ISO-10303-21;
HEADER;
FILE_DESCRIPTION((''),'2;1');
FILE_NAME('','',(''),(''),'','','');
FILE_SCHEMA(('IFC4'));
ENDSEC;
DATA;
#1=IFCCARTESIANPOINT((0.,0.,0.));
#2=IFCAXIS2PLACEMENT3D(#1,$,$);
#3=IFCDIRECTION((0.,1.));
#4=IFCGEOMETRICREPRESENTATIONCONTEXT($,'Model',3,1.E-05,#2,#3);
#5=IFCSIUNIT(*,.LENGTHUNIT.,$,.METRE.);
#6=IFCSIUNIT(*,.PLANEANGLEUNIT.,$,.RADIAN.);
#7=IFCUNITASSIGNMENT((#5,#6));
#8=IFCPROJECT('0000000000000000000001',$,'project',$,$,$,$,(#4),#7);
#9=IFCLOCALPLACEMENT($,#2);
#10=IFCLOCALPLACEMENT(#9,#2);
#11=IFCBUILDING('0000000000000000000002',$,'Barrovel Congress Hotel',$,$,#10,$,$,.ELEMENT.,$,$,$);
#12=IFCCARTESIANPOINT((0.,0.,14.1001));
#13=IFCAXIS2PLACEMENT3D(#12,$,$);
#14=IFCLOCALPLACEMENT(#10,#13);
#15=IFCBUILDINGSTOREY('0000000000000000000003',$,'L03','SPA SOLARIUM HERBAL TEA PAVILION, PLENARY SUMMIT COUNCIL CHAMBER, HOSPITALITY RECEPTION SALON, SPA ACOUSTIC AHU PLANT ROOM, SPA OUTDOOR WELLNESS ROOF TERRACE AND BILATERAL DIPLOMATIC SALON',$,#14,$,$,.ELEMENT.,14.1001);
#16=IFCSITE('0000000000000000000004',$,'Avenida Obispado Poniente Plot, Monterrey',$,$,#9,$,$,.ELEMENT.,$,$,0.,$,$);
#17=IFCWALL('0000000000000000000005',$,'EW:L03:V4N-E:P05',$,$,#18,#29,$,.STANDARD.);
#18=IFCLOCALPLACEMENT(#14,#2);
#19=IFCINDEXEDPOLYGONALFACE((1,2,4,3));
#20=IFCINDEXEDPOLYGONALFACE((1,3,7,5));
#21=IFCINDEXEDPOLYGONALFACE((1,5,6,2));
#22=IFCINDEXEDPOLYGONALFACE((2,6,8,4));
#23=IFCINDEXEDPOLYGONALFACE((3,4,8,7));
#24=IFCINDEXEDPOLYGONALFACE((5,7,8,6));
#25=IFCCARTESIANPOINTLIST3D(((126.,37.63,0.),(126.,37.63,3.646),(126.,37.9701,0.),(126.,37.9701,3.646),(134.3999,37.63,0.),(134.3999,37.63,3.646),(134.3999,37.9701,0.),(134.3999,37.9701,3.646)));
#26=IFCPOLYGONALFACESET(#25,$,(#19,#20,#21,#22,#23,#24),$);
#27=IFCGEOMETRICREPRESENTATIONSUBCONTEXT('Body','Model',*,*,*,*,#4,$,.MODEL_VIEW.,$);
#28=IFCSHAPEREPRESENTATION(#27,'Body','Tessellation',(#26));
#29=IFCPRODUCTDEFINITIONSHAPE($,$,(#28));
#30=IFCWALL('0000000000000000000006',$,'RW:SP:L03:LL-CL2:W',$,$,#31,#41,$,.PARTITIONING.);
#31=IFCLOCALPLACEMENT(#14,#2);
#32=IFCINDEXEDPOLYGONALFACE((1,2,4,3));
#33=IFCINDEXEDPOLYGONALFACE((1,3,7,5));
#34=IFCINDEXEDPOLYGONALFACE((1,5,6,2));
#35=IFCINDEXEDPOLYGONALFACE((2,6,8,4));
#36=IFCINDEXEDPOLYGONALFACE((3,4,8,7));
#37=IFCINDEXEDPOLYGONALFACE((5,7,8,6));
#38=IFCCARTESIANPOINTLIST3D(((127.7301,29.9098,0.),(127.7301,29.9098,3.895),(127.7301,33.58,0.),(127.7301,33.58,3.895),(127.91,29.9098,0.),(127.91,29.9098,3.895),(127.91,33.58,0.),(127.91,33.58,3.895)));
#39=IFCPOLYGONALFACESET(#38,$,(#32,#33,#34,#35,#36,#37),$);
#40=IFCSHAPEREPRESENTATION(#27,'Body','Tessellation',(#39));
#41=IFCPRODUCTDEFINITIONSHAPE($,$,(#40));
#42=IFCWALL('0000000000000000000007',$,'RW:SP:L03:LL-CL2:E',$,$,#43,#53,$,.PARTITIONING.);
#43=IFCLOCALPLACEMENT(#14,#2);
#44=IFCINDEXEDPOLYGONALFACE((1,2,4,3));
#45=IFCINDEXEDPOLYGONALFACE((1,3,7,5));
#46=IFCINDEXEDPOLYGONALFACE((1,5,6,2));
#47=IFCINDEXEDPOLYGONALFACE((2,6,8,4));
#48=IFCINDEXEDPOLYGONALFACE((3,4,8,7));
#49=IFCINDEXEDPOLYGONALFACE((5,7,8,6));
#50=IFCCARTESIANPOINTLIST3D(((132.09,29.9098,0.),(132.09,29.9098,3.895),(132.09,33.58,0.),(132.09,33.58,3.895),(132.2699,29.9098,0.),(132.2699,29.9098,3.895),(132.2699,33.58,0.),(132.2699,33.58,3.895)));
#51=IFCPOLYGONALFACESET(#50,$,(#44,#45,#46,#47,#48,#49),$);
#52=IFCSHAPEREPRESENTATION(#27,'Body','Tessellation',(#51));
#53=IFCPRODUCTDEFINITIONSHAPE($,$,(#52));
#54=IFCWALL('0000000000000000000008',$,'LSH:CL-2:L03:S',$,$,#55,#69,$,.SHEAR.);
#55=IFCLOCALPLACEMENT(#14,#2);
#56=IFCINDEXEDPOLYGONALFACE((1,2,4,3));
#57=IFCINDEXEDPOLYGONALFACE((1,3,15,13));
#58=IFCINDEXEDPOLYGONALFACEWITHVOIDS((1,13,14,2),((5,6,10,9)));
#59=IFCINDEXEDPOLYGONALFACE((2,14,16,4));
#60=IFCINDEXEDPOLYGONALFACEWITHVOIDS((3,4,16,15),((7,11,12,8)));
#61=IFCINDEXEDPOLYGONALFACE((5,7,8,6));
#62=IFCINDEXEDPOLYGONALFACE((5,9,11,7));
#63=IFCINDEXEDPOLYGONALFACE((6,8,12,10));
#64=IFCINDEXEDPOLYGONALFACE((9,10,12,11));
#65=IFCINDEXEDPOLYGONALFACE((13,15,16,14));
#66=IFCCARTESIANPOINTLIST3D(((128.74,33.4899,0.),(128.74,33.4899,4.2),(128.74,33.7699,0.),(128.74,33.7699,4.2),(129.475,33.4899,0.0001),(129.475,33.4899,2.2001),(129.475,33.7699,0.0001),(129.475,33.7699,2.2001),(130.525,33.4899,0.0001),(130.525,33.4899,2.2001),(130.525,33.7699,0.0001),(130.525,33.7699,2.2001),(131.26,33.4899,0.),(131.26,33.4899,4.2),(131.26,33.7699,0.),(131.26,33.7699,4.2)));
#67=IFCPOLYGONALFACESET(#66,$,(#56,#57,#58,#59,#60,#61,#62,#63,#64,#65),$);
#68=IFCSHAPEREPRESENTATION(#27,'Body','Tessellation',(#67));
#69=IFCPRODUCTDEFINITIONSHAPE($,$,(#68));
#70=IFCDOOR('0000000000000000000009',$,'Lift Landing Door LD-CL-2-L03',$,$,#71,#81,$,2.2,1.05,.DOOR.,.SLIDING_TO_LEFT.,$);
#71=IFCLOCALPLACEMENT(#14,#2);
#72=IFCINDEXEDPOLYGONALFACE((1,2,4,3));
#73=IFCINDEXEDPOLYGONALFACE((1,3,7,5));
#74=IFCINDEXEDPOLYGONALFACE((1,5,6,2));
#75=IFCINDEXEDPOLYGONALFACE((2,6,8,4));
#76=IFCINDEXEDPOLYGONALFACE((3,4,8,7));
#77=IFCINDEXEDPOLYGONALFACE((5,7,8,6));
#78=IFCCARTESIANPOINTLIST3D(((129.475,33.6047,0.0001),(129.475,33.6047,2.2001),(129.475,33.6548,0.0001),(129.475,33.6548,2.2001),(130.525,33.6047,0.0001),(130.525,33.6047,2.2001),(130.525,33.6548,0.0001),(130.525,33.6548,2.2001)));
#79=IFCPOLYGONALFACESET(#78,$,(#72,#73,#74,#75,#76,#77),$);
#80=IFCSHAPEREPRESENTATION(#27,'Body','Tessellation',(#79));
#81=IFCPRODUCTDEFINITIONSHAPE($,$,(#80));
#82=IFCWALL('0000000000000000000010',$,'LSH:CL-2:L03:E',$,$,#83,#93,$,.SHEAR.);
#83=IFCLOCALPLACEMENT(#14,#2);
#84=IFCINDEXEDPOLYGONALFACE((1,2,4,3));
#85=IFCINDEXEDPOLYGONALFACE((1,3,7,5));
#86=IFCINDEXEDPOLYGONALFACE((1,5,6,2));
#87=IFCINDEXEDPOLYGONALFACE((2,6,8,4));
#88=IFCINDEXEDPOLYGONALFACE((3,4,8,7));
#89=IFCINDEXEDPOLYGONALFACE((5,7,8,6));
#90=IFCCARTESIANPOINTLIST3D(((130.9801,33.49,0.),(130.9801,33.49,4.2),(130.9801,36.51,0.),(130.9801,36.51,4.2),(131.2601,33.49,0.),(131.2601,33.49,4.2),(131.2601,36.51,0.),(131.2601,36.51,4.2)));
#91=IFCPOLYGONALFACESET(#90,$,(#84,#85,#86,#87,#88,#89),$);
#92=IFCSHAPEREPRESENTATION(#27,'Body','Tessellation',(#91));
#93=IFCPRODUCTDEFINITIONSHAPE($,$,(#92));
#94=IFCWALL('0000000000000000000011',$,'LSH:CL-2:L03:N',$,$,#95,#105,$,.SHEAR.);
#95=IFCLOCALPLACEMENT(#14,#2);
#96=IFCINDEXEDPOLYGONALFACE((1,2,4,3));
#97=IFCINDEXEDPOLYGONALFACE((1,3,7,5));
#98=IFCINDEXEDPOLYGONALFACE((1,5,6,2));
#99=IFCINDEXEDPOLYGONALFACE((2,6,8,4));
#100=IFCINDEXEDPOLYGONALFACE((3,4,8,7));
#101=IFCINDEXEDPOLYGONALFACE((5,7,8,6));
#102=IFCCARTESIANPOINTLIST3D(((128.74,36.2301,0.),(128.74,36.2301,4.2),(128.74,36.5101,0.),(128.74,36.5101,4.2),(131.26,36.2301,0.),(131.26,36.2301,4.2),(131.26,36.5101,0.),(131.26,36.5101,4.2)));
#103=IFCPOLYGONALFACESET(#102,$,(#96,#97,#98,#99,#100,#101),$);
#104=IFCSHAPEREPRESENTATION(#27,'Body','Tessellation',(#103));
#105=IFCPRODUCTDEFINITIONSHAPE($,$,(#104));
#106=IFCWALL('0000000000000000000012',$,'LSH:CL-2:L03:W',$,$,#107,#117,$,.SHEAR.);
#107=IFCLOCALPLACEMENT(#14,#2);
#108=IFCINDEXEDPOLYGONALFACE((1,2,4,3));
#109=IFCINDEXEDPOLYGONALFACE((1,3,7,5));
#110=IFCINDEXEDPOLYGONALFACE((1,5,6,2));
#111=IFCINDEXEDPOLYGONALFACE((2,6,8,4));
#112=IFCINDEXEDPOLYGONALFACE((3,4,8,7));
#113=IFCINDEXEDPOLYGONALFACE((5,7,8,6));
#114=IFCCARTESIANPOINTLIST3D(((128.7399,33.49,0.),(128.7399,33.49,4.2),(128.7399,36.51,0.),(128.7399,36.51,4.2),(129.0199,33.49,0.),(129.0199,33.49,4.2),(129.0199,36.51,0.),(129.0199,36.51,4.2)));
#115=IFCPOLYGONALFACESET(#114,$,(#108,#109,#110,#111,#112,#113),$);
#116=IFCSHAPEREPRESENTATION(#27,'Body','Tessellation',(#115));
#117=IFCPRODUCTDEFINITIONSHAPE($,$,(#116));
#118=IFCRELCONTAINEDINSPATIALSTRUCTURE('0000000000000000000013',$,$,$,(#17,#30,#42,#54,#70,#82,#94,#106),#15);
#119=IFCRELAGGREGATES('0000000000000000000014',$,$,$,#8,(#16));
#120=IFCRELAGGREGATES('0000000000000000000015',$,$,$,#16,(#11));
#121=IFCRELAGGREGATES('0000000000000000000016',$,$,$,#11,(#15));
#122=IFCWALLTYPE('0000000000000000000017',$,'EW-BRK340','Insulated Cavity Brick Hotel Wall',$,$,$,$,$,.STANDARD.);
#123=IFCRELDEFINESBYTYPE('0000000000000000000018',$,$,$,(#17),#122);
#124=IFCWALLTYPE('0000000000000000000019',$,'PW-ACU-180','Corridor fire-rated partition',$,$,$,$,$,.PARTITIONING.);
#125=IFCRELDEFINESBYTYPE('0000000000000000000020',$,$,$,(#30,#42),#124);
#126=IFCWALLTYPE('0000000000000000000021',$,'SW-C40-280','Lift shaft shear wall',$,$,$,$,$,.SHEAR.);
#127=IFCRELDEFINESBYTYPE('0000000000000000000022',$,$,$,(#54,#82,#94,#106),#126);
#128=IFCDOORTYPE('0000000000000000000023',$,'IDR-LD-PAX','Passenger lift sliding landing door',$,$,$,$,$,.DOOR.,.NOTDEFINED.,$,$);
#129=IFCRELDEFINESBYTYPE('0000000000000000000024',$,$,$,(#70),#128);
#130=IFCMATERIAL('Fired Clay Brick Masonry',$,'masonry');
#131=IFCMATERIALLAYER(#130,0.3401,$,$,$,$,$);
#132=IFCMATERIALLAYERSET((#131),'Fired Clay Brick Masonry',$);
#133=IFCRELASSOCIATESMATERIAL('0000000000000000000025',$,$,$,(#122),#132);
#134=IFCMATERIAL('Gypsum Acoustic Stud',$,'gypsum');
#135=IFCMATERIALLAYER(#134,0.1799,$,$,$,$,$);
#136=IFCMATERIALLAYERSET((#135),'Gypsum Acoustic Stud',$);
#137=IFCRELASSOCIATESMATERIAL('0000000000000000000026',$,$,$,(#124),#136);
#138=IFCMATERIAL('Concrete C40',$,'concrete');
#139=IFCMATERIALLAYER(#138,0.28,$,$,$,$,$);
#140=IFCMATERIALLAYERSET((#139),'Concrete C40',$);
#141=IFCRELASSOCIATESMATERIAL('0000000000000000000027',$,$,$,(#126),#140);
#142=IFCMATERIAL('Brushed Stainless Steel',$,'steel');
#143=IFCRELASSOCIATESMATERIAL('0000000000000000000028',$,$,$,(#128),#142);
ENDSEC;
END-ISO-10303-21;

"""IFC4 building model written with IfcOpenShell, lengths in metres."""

from ifc_helpers import new_model, si_unit, direction, frame, frame_2d, origin, place, context, subcontext, project, spatial, rectangle, extrude, material, layer, layer_set, type_object, element, fill, save


model = new_model("IFC4")

# Units and contexts
model_context = context("Model", 3, precision=1e-05, world=origin(), true_north=direction((0.0, 1.0)))
body_context = subcontext(model_context, "Body", "Model", "MODEL_VIEW")
ifc_project = project(units=[si_unit("LENGTHUNIT", "METRE"), si_unit("PLANEANGLEUNIT", "RADIAN")], contexts=[model_context])

# Site, building, storey
site_placement = place(None, origin())
site = spatial("IfcSite", under=ifc_project, at=site_placement, Name="Avenida Obispado Poniente Plot, Monterrey", CompositionType="ELEMENT", RefElevation=0.0)
building_placement = place(site_placement, origin())
building = spatial("IfcBuilding", under=site, at=building_placement, Name="Barrovel Congress Hotel", CompositionType="ELEMENT")
storey_placement = place(building_placement, frame((0.0, 0.0, 14.1001)))
storey = spatial("IfcBuildingStorey", under=building, at=storey_placement, Name="L03", Description="SPA SOLARIUM HERBAL TEA PAVILION, PLENARY SUMMIT COUNCIL CHAMBER, HOSPITALITY RECEPTION SALON, SPA ACOUSTIC AHU PLANT ROOM, SPA OUTDOOR WELLNESS ROOF TERRACE AND BILATERAL DIPLOMATIC SALON", CompositionType="ELEMENT", Elevation=14.1001)

# Shared definitions
ifc_material_1 = material(Name="Concrete C40", Category="concrete")

# Wall
ifc_material_2 = material(Name="Fired Clay Brick Masonry", Category="masonry")
ifc_layer_1 = layer(ifc_material_2, 0.3401)
ifc_layer_set_1 = layer_set([ifc_layer_1], Name="Fired Clay Brick Masonry")
wall_type_1 = type_object("IfcWallType", Name="EW-BRK340", Description="Insulated Cavity Brick Hotel Wall", PredefinedType="STANDARD", material=ifc_layer_set_1)
wall_1_placement = place(storey_placement, frame((134.3999, 37.8, 0.0), z_axis=(0.0, 0.0, 1.0), x_axis=(-1.0, 0.0, 0.0)))
element("IfcWall", 1, at=wall_1_placement, inside=storey, type_object=wall_type_1, Name="EW:L03:V4N-E:P05", PredefinedType="STANDARD", context=body_context, shape_type="SweptSolid", body=[
    extrude(rectangle(XDim=8.3999, YDim=0.3401, at=frame_2d((4.2, 0.0))), origin(), (0.0, 0.0, 1.0), 3.646),
])

# Shared definitions
ifc_material_3 = material(Name="Gypsum Acoustic Stud", Category="gypsum")
ifc_layer_2 = layer(ifc_material_3, 0.1799)
ifc_layer_set_2 = layer_set([ifc_layer_2], Name="Gypsum Acoustic Stud")
wall_type_2 = type_object("IfcWallType", Name="PW-ACU-180", Description="Corridor fire-rated partition", PredefinedType="PARTITIONING", material=ifc_layer_set_2)

# Walls
for number, where, z_axis, x_axis, name in (
    (2, (127.8201, 29.9099, 0.0), (0.0, 0.0, 1.0), (0.0, 1.0, 0.0), "RW:SP:L03:LL-CL2:W"),
    (3, (132.1799, 29.9099, 0.0), (0.0, 0.0, 1.0), (0.0, 1.0, 0.0), "RW:SP:L03:LL-CL2:E"),
):
    element("IfcWall", number, at=place(storey_placement, frame(where, z_axis=z_axis, x_axis=x_axis)), inside=storey, type_object=wall_type_2, Name=name, PredefinedType="PARTITIONING", context=body_context, shape_type="SweptSolid", body=[
        extrude(rectangle(XDim=3.6702, YDim=0.1799, at=frame_2d((1.835, 0.0))), origin(), (0.0, 0.0, 1.0), 3.895),
    ])

# Wall, opening, door
ifc_layer_3 = layer(ifc_material_1, 0.28)
ifc_layer_set_3 = layer_set([ifc_layer_3], Name="Concrete C40")
wall_type_3 = type_object("IfcWallType", Name="SW-C40-280", Description="Lift shaft shear wall", PredefinedType="SHEAR", material=ifc_layer_set_3)
wall_2_placement = place(storey_placement, frame((128.74, 33.6299, 0.0), z_axis=(0.0, 0.0, 1.0), x_axis=(1.0, 0.0, 0.0)))
wall_2 = element("IfcWall", 4, at=wall_2_placement, inside=storey, type_object=wall_type_3, Name="LSH:CL-2:L03:S", PredefinedType="SHEAR", context=body_context, shape_type="SweptSolid", body=[
    extrude(rectangle(XDim=2.52, YDim=0.28, at=frame_2d((1.26, 0.0))), origin(), (0.0, 0.0, 1.0), 4.2),
])
opening_1_placement = place(wall_2_placement, frame((0.7351, 0.0, 0.0)))
opening_1 = element("IfcOpeningElement", 5, at=opening_1_placement, cuts=wall_2, PredefinedType="OPENING", context=body_context, shape_type="SweptSolid", body=[
    extrude(rectangle(XDim=1.05, YDim=2.2, at=frame_2d((0.5249, 1.1001))), frame((0.0, 0.1499, 0.0), z_axis=(0.0, -1.0, 0.0), x_axis=(1.0, 0.0, 0.0)), (0.0, 0.0, 1.0), 0.3),
])
ifc_material_4 = material(Name="Brushed Stainless Steel", Category="steel")
door_type_1 = type_object("IfcDoorType", Name="IDR-LD-PAX", Description="Passenger lift sliding landing door", OperationType="NOTDEFINED", PredefinedType="DOOR", material=ifc_material_4)
door_1_placement = place(opening_1_placement, origin())
door_1 = element("IfcDoor", 6, at=door_1_placement, inside=storey, type_object=door_type_1, Name="Lift Landing Door LD-CL-2-L03", OperationType="SLIDING_TO_LEFT", OverallHeight=2.2, OverallWidth=1.05, PredefinedType="DOOR", context=body_context, shape_type="SweptSolid", body=[
    extrude(rectangle(XDim=1.05, YDim=2.2, at=frame_2d((0.5249, 1.1001))), frame((0.0, 0.0249, 0.0), z_axis=(0.0, -1.0, 0.0), x_axis=(1.0, 0.0, 0.0)), (0.0, 0.0, 1.0), 0.05),
])
fill(opening_1, door_1)

# Walls
wall_3_placement = place(storey_placement, frame((131.1201, 33.49, 0.0), z_axis=(0.0, 0.0, 1.0), x_axis=(0.0, 1.0, 0.0)))
element("IfcWall", 7, at=wall_3_placement, inside=storey, type_object=wall_type_3, Name="LSH:CL-2:L03:E", PredefinedType="SHEAR", context=body_context, shape_type="SweptSolid", body=[
    extrude(rectangle(XDim=3.02, YDim=0.28, at=frame_2d((1.51, 0.0))), origin(), (0.0, 0.0, 1.0), 4.2),
])
wall_4_placement = place(storey_placement, frame((131.26, 36.3701, 0.0), z_axis=(0.0, 0.0, 1.0), x_axis=(-1.0, 0.0, 0.0)))
element("IfcWall", 8, at=wall_4_placement, inside=storey, type_object=wall_type_3, Name="LSH:CL-2:L03:N", PredefinedType="SHEAR", context=body_context, shape_type="SweptSolid", body=[
    extrude(rectangle(XDim=2.52, YDim=0.28, at=frame_2d((1.26, 0.0))), origin(), (0.0, 0.0, 1.0), 4.2),
])
wall_5_placement = place(storey_placement, frame((128.8799, 36.51, 0.0), z_axis=(0.0, 0.0, 1.0), x_axis=(0.0, -1.0, 0.0)))
element("IfcWall", 9, at=wall_5_placement, inside=storey, type_object=wall_type_3, Name="LSH:CL-2:L03:W", PredefinedType="SHEAR", context=body_context, shape_type="SweptSolid", body=[
    extrude(rectangle(XDim=3.02, YDim=0.28, at=frame_2d((1.51, 0.0))), origin(), (0.0, 0.0, 1.0), 4.2),
])

save(model, "model.ifc")
